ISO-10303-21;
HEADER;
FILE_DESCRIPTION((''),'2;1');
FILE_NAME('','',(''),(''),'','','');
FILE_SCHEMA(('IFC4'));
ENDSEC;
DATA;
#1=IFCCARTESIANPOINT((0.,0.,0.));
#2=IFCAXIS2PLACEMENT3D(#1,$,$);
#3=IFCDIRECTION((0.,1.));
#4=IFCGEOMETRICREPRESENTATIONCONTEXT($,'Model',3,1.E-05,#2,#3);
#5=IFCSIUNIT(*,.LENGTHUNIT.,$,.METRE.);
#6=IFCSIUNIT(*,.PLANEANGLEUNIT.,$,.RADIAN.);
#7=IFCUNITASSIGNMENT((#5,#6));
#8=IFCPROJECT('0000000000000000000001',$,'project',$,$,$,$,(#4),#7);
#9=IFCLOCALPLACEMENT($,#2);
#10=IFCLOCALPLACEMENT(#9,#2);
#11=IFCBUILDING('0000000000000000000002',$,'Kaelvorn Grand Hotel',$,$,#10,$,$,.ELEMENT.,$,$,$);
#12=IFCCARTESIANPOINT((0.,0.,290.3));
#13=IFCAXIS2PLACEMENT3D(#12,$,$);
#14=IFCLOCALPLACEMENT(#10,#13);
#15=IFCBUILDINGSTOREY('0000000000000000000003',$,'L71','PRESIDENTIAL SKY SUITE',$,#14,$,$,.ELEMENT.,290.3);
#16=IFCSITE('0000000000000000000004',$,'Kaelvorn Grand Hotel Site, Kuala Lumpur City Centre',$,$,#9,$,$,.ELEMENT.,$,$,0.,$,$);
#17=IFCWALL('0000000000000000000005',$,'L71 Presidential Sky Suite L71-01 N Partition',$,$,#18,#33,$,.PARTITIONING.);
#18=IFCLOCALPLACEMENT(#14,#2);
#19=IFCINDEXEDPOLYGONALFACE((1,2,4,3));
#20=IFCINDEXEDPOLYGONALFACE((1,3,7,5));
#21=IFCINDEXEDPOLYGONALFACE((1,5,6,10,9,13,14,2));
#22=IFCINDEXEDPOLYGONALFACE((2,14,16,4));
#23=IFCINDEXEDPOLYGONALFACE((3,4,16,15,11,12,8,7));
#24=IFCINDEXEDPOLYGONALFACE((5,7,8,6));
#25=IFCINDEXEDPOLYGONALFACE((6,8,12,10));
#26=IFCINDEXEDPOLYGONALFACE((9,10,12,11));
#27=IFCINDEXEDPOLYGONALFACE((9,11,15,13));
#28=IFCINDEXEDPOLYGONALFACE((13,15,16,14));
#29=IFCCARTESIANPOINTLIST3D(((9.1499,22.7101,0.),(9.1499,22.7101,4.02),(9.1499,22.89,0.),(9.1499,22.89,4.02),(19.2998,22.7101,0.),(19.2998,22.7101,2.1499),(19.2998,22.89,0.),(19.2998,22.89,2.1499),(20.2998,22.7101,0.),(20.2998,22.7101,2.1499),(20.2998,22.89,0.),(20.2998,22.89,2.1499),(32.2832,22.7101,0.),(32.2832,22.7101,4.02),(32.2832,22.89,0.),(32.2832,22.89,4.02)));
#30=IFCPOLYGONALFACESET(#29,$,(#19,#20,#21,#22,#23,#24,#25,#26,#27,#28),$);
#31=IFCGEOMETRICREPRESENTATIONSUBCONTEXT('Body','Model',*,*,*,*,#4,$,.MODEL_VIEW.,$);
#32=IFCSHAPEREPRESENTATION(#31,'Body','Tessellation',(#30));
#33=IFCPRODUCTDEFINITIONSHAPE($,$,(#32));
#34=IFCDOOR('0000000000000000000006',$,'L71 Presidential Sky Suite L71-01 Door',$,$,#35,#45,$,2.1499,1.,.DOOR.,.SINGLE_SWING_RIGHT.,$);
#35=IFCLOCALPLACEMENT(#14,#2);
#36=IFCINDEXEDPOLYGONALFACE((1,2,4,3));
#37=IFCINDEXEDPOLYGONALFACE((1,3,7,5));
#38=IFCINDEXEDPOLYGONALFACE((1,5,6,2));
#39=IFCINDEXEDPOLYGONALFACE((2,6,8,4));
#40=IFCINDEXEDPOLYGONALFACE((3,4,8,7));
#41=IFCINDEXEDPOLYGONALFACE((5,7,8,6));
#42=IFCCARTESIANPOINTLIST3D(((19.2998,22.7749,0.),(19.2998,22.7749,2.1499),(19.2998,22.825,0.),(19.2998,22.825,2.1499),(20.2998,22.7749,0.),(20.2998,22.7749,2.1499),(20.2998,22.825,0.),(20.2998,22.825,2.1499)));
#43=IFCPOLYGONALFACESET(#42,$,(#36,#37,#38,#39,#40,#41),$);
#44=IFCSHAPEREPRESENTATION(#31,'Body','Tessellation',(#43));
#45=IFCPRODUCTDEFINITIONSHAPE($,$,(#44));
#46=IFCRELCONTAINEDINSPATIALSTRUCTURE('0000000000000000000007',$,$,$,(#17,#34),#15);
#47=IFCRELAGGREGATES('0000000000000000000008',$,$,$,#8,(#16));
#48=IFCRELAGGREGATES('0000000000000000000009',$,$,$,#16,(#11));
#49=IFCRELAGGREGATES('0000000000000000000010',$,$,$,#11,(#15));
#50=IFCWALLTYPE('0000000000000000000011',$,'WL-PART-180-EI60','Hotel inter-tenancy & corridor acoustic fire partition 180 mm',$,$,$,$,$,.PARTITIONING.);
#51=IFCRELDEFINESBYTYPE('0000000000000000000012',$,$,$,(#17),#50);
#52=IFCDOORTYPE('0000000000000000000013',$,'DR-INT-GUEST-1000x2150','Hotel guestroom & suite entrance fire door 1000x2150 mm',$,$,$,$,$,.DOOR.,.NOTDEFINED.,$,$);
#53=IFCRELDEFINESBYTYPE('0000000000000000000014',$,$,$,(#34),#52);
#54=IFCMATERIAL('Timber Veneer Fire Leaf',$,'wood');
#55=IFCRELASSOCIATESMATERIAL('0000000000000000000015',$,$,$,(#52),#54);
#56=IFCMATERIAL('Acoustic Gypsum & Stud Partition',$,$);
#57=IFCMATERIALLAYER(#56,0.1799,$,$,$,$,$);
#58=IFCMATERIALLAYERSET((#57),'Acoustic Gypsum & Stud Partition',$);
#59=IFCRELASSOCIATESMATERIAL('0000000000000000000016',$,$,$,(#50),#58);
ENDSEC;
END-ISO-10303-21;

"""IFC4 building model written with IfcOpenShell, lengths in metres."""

from ifc_helpers import new_model, si_unit, direction, frame, frame_2d, origin, place, context, subcontext, project, spatial, rectangle, extrude, material, layer, layer_set, type_object, element, fill, save


model = new_model("IFC4")

# Units and contexts
model_context = context("Model", 3, precision=1e-05, world=origin(), true_north=direction((0.0, 1.0)))
body_context = subcontext(model_context, "Body", "Model", "MODEL_VIEW")
ifc_project = project(units=[si_unit("LENGTHUNIT", "METRE"), si_unit("PLANEANGLEUNIT", "RADIAN")], contexts=[model_context])

# Site, building, storey
site_placement = place(None, origin())
site = spatial("IfcSite", under=ifc_project, at=site_placement, Name="Kaelvorn Grand Hotel Site, Kuala Lumpur City Centre", CompositionType="ELEMENT", RefElevation=0.0)
building_placement = place(site_placement, origin())
building = spatial("IfcBuilding", under=site, at=building_placement, Name="Kaelvorn Grand Hotel", CompositionType="ELEMENT")
storey_placement = place(building_placement, frame((0.0, 0.0, 290.3)))
storey = spatial("IfcBuildingStorey", under=building, at=storey_placement, Name="L71", Description="PRESIDENTIAL SKY SUITE", CompositionType="ELEMENT", Elevation=290.3)

# Shared definitions
ifc_material_1 = material(Name="Acoustic Gypsum & Stud Partition")
ifc_material_2 = material(Name="Timber Veneer Fire Leaf", Category="wood")
door_type = type_object("IfcDoorType", Name="DR-INT-GUEST-1000x2150", Description="Hotel guestroom & suite entrance fire door 1000x2150 mm", OperationType="NOTDEFINED", PredefinedType="DOOR", material=ifc_material_2)

# Wall, opening, door
ifc_layer_1 = layer(ifc_material_1, 0.1799)
ifc_layer_set_1 = layer_set([ifc_layer_1], Name="Acoustic Gypsum & Stud Partition")
wall_type_1 = type_object("IfcWallType", Name="WL-PART-180-EI60", Description="Hotel inter-tenancy & corridor acoustic fire partition 180 mm", PredefinedType="PARTITIONING", material=ifc_layer_set_1)
wall_1_placement = place(storey_placement, frame((9.1499, 22.8, 0.0), z_axis=(0.0, 0.0, 1.0), x_axis=(1.0, 0.0, 0.0)))
wall_1 = element("IfcWall", 1, at=wall_1_placement, inside=storey, type_object=wall_type_1, Name="L71 Presidential Sky Suite L71-01 N Partition", PredefinedType="PARTITIONING", context=body_context, shape_type="SweptSolid", body=[
    extrude(rectangle(XDim=23.1333, YDim=0.1799, at=frame_2d((11.5667, 0.0))), origin(), (0.0, 0.0, 1.0), 4.02),
])
opening_1_placement = place(wall_1_placement, frame((10.1499, 0.0, 0.0)))
opening_1 = element("IfcOpeningElement", 2, at=opening_1_placement, cuts=wall_1, PredefinedType="OPENING", context=body_context, shape_type="SweptSolid", body=[
    extrude(rectangle(XDim=1.0, YDim=2.1499, at=frame_2d((0.5, 1.075))), frame((0.0, 0.1001, 0.0), z_axis=(0.0, -1.0, 0.0), x_axis=(1.0, 0.0, 0.0)), (0.0, 0.0, 1.0), 0.2),
])
door_1_placement = place(opening_1_placement, origin())
door_1 = element("IfcDoor", 3, at=door_1_placement, inside=storey, type_object=door_type, Name="L71 Presidential Sky Suite L71-01 Door", OperationType="SINGLE_SWING_RIGHT", OverallHeight=2.1499, OverallWidth=1.0, PredefinedType="DOOR", context=body_context, shape_type="SweptSolid", body=[
    extrude(rectangle(XDim=1.0, YDim=2.1499, at=frame_2d((0.5, 1.075))), frame((0.0, 0.0249, 0.0), z_axis=(0.0, -1.0, 0.0), x_axis=(1.0, 0.0, 0.0)), (0.0, 0.0, 1.0), 0.05),
])
fill(opening_1, door_1)

save(model, "model.ifc")
